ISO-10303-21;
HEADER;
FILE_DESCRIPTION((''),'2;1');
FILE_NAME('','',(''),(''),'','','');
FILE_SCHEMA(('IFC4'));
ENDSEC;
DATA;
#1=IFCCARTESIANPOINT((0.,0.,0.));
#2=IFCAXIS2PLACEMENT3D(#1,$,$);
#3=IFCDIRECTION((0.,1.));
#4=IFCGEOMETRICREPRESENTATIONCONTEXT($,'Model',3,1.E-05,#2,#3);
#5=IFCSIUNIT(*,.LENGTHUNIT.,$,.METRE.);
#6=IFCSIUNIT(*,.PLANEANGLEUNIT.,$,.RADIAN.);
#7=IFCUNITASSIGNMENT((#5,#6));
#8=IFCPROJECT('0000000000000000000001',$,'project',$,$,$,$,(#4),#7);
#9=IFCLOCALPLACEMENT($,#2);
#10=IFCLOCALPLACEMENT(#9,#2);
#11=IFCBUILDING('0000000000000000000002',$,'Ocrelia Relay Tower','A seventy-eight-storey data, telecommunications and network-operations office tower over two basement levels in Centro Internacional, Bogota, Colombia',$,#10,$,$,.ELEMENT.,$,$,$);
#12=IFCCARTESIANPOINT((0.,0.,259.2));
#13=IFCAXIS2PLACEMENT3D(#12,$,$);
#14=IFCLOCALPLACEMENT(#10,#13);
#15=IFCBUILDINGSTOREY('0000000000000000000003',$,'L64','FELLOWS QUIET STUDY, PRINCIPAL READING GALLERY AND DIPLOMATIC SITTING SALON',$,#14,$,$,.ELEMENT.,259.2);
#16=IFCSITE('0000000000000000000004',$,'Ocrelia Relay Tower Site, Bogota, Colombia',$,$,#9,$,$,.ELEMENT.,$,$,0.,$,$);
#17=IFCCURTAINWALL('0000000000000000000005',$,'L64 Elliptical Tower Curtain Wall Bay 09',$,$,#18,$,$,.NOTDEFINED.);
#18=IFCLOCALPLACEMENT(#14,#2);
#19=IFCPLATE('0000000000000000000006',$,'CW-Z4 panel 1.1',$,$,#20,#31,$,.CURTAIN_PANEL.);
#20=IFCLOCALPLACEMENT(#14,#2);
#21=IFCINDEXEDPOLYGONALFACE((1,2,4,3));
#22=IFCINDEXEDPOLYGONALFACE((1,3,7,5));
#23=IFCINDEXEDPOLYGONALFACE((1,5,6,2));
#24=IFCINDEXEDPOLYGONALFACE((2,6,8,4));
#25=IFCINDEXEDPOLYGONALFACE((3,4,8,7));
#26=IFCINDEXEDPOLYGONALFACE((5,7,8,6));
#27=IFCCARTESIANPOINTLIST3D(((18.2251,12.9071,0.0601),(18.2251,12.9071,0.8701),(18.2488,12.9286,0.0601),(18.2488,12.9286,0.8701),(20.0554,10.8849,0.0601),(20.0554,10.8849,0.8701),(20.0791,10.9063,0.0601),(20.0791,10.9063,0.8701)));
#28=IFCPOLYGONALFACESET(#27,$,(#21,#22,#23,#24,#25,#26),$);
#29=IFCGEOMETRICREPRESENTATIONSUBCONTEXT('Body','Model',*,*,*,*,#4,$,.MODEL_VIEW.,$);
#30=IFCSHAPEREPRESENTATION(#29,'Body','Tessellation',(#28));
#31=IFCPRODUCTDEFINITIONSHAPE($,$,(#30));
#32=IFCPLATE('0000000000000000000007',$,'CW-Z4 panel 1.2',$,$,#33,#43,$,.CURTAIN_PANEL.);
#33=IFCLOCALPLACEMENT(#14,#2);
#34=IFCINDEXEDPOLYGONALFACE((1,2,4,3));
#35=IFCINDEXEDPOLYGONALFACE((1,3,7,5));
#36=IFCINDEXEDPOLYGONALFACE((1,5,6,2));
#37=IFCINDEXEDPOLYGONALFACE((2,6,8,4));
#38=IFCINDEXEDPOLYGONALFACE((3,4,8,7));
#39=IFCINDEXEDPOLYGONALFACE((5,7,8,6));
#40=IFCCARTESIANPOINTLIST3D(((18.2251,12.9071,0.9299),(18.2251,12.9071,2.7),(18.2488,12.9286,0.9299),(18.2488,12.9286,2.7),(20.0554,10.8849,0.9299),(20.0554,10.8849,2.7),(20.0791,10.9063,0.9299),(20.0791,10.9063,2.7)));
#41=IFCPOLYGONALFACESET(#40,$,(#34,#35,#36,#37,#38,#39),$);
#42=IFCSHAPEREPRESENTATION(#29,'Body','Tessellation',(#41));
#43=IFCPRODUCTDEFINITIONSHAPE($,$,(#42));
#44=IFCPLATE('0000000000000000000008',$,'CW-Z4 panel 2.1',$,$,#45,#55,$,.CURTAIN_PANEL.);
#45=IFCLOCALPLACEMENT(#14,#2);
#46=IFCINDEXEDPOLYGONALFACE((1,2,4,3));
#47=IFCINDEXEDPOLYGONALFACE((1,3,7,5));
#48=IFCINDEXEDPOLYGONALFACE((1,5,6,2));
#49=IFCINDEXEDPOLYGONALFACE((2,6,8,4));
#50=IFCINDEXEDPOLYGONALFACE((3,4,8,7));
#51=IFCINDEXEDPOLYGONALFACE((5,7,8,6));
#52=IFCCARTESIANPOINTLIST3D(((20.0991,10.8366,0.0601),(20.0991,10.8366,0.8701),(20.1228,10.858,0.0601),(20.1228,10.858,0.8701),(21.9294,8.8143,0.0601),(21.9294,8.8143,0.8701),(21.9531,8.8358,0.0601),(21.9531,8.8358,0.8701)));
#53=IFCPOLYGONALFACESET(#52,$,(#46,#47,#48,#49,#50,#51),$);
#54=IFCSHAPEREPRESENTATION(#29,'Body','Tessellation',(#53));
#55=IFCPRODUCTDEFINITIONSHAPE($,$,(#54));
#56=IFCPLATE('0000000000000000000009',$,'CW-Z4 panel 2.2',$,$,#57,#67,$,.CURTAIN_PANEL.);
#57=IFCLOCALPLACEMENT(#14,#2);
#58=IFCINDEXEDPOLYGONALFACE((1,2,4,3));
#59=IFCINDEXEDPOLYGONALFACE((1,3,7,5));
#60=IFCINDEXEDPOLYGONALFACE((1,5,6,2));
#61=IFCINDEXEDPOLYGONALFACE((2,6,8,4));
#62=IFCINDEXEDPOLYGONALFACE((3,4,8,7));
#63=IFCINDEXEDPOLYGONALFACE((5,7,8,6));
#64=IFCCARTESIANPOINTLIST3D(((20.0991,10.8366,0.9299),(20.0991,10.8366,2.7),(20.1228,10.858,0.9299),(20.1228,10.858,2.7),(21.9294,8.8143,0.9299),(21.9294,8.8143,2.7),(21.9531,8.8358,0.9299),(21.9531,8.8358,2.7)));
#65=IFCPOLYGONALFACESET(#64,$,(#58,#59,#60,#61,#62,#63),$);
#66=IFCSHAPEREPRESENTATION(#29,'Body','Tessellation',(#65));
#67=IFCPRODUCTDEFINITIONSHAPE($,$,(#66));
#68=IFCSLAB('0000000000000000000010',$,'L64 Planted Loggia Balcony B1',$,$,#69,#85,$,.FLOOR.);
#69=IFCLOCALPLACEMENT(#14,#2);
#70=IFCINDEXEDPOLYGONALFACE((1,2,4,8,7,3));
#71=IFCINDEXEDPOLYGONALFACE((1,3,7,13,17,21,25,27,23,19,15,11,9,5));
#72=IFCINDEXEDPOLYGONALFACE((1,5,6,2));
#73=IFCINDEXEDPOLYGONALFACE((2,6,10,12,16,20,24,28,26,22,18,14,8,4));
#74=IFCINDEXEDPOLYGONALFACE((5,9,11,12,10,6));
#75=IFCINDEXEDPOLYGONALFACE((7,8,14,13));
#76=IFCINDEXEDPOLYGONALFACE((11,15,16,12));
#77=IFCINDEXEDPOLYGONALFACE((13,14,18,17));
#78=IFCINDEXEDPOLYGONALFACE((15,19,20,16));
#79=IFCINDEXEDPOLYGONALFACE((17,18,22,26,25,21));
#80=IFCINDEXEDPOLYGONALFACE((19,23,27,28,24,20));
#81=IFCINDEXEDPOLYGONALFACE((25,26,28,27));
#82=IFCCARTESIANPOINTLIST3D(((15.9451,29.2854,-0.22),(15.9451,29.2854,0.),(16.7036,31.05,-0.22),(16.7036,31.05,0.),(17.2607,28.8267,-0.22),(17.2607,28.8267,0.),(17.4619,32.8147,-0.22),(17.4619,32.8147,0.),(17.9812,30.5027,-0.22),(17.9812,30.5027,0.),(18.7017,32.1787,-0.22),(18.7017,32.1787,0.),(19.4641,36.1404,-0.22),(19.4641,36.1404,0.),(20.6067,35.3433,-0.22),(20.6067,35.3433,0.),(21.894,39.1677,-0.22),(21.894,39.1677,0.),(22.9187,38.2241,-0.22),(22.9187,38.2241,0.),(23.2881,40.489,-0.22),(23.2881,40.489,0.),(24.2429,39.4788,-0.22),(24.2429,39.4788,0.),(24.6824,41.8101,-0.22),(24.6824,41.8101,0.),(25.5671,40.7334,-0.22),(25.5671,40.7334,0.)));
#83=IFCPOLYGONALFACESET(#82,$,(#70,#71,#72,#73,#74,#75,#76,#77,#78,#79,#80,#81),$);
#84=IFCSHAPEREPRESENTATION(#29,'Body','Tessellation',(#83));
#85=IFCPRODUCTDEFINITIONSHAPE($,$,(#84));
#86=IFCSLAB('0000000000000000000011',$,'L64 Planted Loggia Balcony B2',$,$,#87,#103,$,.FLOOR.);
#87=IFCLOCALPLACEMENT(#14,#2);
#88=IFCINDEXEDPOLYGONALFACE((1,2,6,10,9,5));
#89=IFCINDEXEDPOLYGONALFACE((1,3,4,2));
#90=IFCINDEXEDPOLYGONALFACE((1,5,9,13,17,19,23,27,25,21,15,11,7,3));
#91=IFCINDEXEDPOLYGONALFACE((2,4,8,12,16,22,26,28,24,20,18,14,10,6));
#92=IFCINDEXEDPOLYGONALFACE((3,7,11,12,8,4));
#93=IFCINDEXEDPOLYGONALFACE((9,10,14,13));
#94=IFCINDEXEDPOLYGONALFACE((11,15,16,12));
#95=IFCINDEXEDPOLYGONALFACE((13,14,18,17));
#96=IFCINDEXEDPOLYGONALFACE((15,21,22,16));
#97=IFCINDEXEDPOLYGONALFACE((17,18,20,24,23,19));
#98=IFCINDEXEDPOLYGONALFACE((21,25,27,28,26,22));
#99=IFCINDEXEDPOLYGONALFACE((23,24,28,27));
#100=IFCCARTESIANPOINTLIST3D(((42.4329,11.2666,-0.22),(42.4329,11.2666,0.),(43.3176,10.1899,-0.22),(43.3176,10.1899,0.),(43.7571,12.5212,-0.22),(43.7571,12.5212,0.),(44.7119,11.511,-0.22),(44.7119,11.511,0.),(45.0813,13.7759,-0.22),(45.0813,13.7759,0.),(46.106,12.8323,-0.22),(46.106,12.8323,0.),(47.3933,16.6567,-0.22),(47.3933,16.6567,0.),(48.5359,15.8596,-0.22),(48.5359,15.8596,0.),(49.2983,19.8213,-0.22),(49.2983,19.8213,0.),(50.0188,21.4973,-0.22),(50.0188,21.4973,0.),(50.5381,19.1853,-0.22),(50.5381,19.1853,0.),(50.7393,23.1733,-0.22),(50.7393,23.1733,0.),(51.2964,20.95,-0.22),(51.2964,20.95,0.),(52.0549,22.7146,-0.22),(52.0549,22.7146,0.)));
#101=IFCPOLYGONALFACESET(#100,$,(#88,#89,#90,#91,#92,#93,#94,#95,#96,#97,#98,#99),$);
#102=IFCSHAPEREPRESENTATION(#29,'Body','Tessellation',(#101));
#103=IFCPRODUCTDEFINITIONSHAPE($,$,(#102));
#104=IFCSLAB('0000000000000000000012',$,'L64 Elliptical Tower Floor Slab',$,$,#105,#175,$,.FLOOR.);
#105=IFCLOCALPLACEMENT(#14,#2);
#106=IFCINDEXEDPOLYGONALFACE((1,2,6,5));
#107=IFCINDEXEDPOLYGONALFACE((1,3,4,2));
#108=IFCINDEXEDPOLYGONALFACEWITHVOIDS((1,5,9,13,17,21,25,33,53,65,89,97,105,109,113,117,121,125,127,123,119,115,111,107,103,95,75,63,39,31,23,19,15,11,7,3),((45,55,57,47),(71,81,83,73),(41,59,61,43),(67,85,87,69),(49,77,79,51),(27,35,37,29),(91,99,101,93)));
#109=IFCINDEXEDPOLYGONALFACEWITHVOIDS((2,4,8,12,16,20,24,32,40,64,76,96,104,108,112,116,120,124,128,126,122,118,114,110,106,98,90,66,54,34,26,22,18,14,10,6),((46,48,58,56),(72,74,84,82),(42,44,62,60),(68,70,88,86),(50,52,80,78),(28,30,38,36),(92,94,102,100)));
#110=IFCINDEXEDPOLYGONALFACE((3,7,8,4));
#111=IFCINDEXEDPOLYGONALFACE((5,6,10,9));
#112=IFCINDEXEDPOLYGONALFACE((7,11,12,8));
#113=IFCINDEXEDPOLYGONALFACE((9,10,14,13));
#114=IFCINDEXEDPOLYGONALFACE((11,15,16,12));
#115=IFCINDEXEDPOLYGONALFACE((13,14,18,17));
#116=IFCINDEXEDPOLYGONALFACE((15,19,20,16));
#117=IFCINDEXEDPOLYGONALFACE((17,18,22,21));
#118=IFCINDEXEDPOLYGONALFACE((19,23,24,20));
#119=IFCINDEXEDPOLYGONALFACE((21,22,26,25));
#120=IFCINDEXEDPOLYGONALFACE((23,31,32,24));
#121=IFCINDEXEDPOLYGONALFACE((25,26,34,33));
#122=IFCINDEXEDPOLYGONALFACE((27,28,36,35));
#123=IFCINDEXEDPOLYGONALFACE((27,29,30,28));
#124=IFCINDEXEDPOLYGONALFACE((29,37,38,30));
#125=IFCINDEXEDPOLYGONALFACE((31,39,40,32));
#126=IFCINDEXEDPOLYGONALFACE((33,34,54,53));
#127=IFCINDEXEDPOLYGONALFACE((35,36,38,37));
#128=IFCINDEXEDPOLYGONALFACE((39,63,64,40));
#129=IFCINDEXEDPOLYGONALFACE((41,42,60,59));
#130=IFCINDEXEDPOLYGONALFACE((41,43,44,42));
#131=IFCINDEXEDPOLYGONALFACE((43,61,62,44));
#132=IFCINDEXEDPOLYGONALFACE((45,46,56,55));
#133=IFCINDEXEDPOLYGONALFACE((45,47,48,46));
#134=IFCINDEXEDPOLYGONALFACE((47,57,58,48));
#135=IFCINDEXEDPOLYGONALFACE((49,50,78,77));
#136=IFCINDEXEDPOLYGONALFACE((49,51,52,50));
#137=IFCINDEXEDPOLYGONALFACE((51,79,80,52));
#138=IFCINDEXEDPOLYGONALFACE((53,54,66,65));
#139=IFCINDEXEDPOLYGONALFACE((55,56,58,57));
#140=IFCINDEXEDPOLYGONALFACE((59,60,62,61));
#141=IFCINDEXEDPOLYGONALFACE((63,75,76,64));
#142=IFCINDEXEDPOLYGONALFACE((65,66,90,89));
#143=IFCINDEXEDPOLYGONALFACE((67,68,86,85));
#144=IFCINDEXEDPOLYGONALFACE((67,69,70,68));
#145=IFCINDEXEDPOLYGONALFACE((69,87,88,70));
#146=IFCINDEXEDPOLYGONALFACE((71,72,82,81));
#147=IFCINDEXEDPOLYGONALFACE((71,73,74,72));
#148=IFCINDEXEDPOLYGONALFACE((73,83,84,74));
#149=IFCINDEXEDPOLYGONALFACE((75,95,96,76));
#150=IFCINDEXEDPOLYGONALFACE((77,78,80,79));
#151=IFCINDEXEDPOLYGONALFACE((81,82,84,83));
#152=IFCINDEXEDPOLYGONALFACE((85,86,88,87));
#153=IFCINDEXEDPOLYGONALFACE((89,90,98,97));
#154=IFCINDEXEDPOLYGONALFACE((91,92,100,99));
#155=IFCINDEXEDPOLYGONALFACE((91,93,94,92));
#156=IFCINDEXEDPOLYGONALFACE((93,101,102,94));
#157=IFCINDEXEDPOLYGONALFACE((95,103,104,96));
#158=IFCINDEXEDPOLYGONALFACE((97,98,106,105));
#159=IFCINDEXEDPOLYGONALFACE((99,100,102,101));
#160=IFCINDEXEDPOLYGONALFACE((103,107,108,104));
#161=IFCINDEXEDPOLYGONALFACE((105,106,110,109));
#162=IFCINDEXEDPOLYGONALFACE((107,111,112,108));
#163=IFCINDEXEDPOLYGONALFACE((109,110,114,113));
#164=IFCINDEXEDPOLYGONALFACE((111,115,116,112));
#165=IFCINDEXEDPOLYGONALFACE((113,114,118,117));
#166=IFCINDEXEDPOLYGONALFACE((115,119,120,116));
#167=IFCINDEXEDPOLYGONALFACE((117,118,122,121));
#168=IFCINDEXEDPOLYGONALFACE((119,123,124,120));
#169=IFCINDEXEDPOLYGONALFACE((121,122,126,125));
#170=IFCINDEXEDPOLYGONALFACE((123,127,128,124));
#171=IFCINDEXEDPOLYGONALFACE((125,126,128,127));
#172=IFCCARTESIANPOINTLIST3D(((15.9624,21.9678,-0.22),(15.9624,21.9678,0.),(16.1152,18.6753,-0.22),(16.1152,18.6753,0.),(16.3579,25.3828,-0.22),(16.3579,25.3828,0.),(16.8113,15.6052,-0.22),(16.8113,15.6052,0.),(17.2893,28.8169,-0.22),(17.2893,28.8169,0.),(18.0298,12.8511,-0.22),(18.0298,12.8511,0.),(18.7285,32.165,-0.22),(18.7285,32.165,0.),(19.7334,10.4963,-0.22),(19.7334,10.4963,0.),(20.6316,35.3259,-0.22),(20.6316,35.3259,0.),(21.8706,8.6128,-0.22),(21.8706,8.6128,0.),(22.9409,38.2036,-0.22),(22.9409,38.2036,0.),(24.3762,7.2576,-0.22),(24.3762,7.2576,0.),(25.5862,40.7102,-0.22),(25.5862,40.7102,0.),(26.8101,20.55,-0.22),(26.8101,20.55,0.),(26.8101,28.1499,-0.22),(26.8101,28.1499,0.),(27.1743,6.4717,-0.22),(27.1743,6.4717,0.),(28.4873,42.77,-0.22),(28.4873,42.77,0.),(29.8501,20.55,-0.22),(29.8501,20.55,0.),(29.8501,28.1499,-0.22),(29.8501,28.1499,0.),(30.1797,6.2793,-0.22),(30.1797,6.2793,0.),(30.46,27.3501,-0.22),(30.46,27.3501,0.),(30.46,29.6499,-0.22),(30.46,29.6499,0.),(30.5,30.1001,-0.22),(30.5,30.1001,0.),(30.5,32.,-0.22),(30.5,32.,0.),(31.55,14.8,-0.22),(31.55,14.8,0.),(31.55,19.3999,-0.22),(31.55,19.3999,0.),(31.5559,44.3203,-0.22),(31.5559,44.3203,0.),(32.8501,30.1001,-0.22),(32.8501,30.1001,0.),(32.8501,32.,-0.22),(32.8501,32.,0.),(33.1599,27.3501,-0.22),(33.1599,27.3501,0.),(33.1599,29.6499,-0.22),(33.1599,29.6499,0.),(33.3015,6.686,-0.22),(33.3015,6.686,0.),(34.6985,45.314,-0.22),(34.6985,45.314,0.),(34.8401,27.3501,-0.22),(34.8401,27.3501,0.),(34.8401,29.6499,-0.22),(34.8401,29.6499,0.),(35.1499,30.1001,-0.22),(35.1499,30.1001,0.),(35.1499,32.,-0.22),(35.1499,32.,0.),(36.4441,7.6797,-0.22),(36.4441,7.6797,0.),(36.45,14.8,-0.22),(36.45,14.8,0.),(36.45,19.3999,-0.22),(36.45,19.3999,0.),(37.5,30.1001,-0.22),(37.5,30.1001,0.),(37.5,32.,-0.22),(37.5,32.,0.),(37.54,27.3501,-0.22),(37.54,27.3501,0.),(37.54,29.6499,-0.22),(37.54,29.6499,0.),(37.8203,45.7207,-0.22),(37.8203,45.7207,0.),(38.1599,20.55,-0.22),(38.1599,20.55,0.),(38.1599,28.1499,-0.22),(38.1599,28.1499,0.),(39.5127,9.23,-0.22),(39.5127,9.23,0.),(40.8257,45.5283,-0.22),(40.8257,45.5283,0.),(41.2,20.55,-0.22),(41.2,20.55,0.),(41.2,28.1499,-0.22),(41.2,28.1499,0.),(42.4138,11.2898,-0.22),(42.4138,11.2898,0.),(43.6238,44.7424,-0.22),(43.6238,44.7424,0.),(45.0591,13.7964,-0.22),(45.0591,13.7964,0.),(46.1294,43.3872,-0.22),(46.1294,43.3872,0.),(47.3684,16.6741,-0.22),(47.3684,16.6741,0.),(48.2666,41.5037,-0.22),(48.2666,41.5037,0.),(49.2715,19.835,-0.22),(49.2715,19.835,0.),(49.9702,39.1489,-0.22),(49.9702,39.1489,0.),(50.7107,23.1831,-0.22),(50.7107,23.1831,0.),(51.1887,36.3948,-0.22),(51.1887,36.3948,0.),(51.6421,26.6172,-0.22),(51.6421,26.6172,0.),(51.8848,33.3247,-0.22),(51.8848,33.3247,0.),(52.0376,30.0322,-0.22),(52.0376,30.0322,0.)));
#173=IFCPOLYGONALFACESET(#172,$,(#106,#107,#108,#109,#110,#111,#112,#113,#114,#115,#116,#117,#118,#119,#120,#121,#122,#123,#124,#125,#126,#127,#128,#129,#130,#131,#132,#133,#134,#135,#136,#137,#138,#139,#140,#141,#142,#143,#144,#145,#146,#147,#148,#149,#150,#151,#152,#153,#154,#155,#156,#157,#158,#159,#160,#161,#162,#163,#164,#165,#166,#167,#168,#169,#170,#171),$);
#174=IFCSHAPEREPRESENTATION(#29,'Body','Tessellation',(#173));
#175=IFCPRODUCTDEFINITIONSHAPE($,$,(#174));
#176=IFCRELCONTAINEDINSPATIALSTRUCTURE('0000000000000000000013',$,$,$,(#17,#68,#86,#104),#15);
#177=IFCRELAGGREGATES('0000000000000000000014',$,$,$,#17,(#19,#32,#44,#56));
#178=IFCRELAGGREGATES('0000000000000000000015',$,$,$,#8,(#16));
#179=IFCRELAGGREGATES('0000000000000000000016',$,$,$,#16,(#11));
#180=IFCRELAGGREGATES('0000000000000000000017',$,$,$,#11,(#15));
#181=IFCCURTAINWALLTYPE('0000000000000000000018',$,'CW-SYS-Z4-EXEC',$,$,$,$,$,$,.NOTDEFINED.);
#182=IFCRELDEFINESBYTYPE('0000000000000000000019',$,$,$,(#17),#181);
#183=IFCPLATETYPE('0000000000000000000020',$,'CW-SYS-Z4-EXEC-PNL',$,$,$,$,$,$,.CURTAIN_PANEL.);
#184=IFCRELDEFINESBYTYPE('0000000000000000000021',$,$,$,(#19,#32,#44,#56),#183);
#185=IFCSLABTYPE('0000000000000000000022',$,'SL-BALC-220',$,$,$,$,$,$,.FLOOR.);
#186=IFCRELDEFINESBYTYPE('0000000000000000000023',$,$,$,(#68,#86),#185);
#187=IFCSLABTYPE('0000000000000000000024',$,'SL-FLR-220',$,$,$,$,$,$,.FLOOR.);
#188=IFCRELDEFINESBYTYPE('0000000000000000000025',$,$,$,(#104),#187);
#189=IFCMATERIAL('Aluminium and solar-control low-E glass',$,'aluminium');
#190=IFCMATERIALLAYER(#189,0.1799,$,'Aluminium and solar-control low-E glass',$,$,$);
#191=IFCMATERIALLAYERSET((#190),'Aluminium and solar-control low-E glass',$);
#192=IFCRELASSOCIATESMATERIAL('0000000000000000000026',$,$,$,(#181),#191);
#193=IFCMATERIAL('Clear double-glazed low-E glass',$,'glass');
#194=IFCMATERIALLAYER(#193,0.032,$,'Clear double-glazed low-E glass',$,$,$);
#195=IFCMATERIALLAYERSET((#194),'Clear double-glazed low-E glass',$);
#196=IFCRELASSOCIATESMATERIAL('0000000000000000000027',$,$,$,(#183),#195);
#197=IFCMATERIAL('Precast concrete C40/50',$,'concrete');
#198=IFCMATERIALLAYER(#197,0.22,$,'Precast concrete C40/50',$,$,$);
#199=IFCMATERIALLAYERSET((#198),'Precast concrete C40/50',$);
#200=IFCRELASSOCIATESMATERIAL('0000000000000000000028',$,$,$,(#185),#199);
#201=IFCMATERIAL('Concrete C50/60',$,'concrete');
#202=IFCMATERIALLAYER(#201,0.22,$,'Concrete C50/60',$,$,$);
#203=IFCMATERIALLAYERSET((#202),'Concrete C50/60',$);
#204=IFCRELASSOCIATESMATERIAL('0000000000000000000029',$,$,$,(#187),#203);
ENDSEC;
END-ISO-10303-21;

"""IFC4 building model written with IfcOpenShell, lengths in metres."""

from ifc_helpers import new_model, si_unit, direction, frame, origin, origin_2d, place, context, subcontext, project, spatial, polyline, rectangle, outline, extrude, material, layer, layer_set, type_object, element, aggregate, save


model = new_model("IFC4")

# Units and contexts
model_context = context("Model", 3, precision=1e-05, world=origin(), true_north=direction((0.0, 1.0)))
body_context = subcontext(model_context, "Body", "Model", "MODEL_VIEW")
ifc_project = project(units=[si_unit("LENGTHUNIT", "METRE"), si_unit("PLANEANGLEUNIT", "RADIAN")], contexts=[model_context])

# Site, building, storey
site_placement = place(None, origin())
site = spatial("IfcSite", under=ifc_project, at=site_placement, Name="Ocrelia Relay Tower Site, Bogota, Colombia", CompositionType="ELEMENT", RefElevation=0.0)
building_placement = place(site_placement, origin())
building = spatial("IfcBuilding", under=site, at=building_placement, Name="Ocrelia Relay Tower", Description="A seventy-eight-storey data, telecommunications and network-operations office tower over two basement levels in Centro Internacional, Bogota, Colombia", CompositionType="ELEMENT")
storey_placement = place(building_placement, frame((0.0, 0.0, 259.2)))
storey = spatial("IfcBuildingStorey", under=building, at=storey_placement, Name="L64", Description="FELLOWS QUIET STUDY, PRINCIPAL READING GALLERY AND DIPLOMATIC SITTING SALON", CompositionType="ELEMENT", Elevation=259.2)

# Shared definitions
ifc_material_1 = material(Name="Concrete C50/60", Category="concrete")

# Curtain wall
ifc_material_2 = material(Name="Aluminium and solar-control low-E glass", Category="aluminium")
ifc_layer_1 = layer(ifc_material_2, 0.1799, Name="Aluminium and solar-control low-E glass")
ifc_layer_set_1 = layer_set([ifc_layer_1], Name="Aluminium and solar-control low-E glass")
curtain_wall_type = type_object("IfcCurtainWallType", Name="CW-SYS-Z4-EXEC", PredefinedType="NOTDEFINED", material=ifc_layer_set_1)
curtain_wall_1_placement = place(storey_placement, origin())
curtain_wall_1 = element("IfcCurtainWall", 1, at=curtain_wall_1_placement, inside=storey, type_object=curtain_wall_type, Name="L64 Elliptical Tower Curtain Wall Bay 09", PredefinedType="NOTDEFINED")

# Plates
ifc_material_3 = material(Name="Clear double-glazed low-E glass", Category="glass")
ifc_layer_2 = layer(ifc_material_3, 0.032, Name="Clear double-glazed low-E glass")
ifc_layer_set_2 = layer_set([ifc_layer_2], Name="Clear double-glazed low-E glass")
plate_type = type_object("IfcPlateType", Name="CW-SYS-Z4-EXEC-PNL", PredefinedType="CURTAIN_PANEL", material=ifc_layer_set_2)
plate_1_placement = place(storey_placement, frame((19.1521, 11.9067, 0.0601), z_axis=(0.0, 0.0, 1.0), x_axis=(0.671047, -0.741415, 0.0)))
plate_1 = element("IfcPlate", 2, at=plate_1_placement, type_object=plate_type, Name="CW-Z4 panel 1.1", PredefinedType="CURTAIN_PANEL", context=body_context, shape_type="SweptSolid", body=[
    extrude(rectangle(XDim=2.7275, YDim=0.032, at=origin_2d()), origin(), (0.0, 0.0, 1.0), 0.8101),
])
plate_2_placement = place(storey_placement, frame((19.1521, 11.9067, 0.9299), z_axis=(0.0, 0.0, 1.0), x_axis=(0.671047, -0.741415, 0.0)))
plate_2 = element("IfcPlate", 3, at=plate_2_placement, type_object=plate_type, Name="CW-Z4 panel 1.2", PredefinedType="CURTAIN_PANEL", context=body_context, shape_type="SweptSolid", body=[
    extrude(rectangle(XDim=2.7275, YDim=0.032, at=origin_2d()), origin(), (0.0, 0.0, 1.0), 1.77),
])
plate_3_placement = place(storey_placement, frame((21.0261, 9.8362, 0.0601), z_axis=(0.0, 0.0, 1.0), x_axis=(0.671047, -0.741415, 0.0)))
plate_3 = element("IfcPlate", 4, at=plate_3_placement, type_object=plate_type, Name="CW-Z4 panel 2.1", PredefinedType="CURTAIN_PANEL", context=body_context, shape_type="SweptSolid", body=[
    extrude(rectangle(XDim=2.7275, YDim=0.032, at=origin_2d()), origin(), (0.0, 0.0, 1.0), 0.8101),
])
plate_4_placement = place(storey_placement, frame((21.0261, 9.8362, 0.9299), z_axis=(0.0, 0.0, 1.0), x_axis=(0.671047, -0.741415, 0.0)))
plate_4 = element("IfcPlate", 5, at=plate_4_placement, type_object=plate_type, Name="CW-Z4 panel 2.2", PredefinedType="CURTAIN_PANEL", context=body_context, shape_type="SweptSolid", body=[
    extrude(rectangle(XDim=2.7275, YDim=0.032, at=origin_2d()), origin(), (0.0, 0.0, 1.0), 1.77),
])
aggregate(curtain_wall_1, [plate_1, plate_2, plate_3, plate_4])

# Slabs
ifc_material_4 = material(Name="Precast concrete C40/50", Category="concrete")
ifc_layer_3 = layer(ifc_material_4, 0.22, Name="Precast concrete C40/50")
ifc_layer_set_3 = layer_set([ifc_layer_3], Name="Precast concrete C40/50")
slab_type_1 = type_object("IfcSlabType", Name="SL-BALC-220", PredefinedType="FLOOR", material=ifc_layer_set_3)
slab_1_placement = place(storey_placement, frame((0.0, 0.0, -0.22)))
element("IfcSlab", 6, at=slab_1_placement, inside=storey, type_object=slab_type_1, Name="L64 Planted Loggia Balcony B1", PredefinedType="FLOOR", context=body_context, shape_type="SweptSolid", body=[
    extrude(outline(polyline([(25.5671, 40.7334), (24.2429, 39.4788), (22.9187, 38.2241), (20.6067, 35.3433), (18.7017, 32.1787), (17.9812, 30.5027), (17.2607, 28.8267), (15.9451, 29.2854), (16.7036, 31.05), (17.4619, 32.8147), (19.4641, 36.1404), (21.894, 39.1677), (23.2881, 40.489), (24.6824, 41.8101), (25.5671, 40.7334)])), origin(), (0.0, 0.0, 1.0), 0.22),
])
slab_2_placement = place(storey_placement, frame((0.0, 0.0, -0.22)))
element("IfcSlab", 7, at=slab_2_placement, inside=storey, type_object=slab_type_1, Name="L64 Planted Loggia Balcony B2", PredefinedType="FLOOR", context=body_context, shape_type="SweptSolid", body=[
    extrude(outline(polyline([(42.4329, 11.2666), (43.7571, 12.5212), (45.0813, 13.7759), (47.3933, 16.6567), (49.2983, 19.8213), (50.0188, 21.4973), (50.7393, 23.1733), (52.0549, 22.7146), (51.2964, 20.95), (50.5381, 19.1853), (48.5359, 15.8596), (46.106, 12.8323), (44.7119, 11.511), (43.3176, 10.1899), (42.4329, 11.2666)])), origin(), (0.0, 0.0, 1.0), 0.22),
])
ifc_layer_4 = layer(ifc_material_1, 0.22, Name="Concrete C50/60")
ifc_layer_set_4 = layer_set([ifc_layer_4], Name="Concrete C50/60")
slab_type_2 = type_object("IfcSlabType", Name="SL-FLR-220", PredefinedType="FLOOR", material=ifc_layer_set_4)
slab_3_placement = place(storey_placement, frame((0.0, 0.0, -0.22)))
element("IfcSlab", 8, at=slab_3_placement, inside=storey, type_object=slab_type_2, Name="L64 Elliptical Tower Floor Slab", PredefinedType="FLOOR", context=body_context, shape_type="SweptSolid", body=[
    extrude(outline(polyline([(46.1294, 43.3872), (43.6238, 44.7424), (40.8257, 45.5283), (37.8203, 45.7207), (34.6985, 45.314), (31.5559, 44.3203), (28.4873, 42.77), (25.5862, 40.7102), (22.9409, 38.2036), (20.6316, 35.3259), (18.7285, 32.165), (17.2893, 28.8169), (16.3579, 25.3828), (15.9624, 21.9678), (16.1152, 18.6753), (16.8113, 15.6052), (18.0298, 12.8511), (19.7334, 10.4963), (21.8706, 8.6128), (24.3762, 7.2576), (27.1743, 6.4717), (30.1797, 6.2793), (33.3015, 6.686), (36.4441, 7.6797), (39.5127, 9.23), (42.4138, 11.2898), (45.0591, 13.7964), (47.3684, 16.6741), (49.2715, 19.835), (50.7107, 23.1831), (51.6421, 26.6172), (52.0376, 30.0322), (51.8848, 33.3247), (51.1887, 36.3948), (49.9702, 39.1489), (48.2666, 41.5037), (46.1294, 43.3872)]), holes=[polyline([(26.8101, 28.1499), (26.8101, 20.55), (29.8501, 20.55), (29.8501, 28.1499), (26.8101, 28.1499)]), polyline([(38.1599, 28.1499), (38.1599, 20.55), (41.2, 20.55), (41.2, 28.1499), (38.1599, 28.1499)]), polyline([(30.46, 27.3501), (33.1599, 27.3501), (33.1599, 29.6499), (30.46, 29.6499), (30.46, 27.3501)]), polyline([(34.8401, 27.3501), (37.54, 27.3501), (37.54, 29.6499), (34.8401, 29.6499), (34.8401, 27.3501)]), polyline([(30.5, 30.1001), (32.8501, 30.1001), (32.8501, 32.0), (30.5, 32.0), (30.5, 30.1001)]), polyline([(35.1499, 30.1001), (37.5, 30.1001), (37.5, 32.0), (35.1499, 32.0), (35.1499, 30.1001)]), polyline([(31.55, 14.8), (36.45, 14.8), (36.45, 19.3999), (31.55, 19.3999), (31.55, 14.8)])]), origin(), (0.0, 0.0, 1.0), 0.22),
])

save(model, "model.ifc")
